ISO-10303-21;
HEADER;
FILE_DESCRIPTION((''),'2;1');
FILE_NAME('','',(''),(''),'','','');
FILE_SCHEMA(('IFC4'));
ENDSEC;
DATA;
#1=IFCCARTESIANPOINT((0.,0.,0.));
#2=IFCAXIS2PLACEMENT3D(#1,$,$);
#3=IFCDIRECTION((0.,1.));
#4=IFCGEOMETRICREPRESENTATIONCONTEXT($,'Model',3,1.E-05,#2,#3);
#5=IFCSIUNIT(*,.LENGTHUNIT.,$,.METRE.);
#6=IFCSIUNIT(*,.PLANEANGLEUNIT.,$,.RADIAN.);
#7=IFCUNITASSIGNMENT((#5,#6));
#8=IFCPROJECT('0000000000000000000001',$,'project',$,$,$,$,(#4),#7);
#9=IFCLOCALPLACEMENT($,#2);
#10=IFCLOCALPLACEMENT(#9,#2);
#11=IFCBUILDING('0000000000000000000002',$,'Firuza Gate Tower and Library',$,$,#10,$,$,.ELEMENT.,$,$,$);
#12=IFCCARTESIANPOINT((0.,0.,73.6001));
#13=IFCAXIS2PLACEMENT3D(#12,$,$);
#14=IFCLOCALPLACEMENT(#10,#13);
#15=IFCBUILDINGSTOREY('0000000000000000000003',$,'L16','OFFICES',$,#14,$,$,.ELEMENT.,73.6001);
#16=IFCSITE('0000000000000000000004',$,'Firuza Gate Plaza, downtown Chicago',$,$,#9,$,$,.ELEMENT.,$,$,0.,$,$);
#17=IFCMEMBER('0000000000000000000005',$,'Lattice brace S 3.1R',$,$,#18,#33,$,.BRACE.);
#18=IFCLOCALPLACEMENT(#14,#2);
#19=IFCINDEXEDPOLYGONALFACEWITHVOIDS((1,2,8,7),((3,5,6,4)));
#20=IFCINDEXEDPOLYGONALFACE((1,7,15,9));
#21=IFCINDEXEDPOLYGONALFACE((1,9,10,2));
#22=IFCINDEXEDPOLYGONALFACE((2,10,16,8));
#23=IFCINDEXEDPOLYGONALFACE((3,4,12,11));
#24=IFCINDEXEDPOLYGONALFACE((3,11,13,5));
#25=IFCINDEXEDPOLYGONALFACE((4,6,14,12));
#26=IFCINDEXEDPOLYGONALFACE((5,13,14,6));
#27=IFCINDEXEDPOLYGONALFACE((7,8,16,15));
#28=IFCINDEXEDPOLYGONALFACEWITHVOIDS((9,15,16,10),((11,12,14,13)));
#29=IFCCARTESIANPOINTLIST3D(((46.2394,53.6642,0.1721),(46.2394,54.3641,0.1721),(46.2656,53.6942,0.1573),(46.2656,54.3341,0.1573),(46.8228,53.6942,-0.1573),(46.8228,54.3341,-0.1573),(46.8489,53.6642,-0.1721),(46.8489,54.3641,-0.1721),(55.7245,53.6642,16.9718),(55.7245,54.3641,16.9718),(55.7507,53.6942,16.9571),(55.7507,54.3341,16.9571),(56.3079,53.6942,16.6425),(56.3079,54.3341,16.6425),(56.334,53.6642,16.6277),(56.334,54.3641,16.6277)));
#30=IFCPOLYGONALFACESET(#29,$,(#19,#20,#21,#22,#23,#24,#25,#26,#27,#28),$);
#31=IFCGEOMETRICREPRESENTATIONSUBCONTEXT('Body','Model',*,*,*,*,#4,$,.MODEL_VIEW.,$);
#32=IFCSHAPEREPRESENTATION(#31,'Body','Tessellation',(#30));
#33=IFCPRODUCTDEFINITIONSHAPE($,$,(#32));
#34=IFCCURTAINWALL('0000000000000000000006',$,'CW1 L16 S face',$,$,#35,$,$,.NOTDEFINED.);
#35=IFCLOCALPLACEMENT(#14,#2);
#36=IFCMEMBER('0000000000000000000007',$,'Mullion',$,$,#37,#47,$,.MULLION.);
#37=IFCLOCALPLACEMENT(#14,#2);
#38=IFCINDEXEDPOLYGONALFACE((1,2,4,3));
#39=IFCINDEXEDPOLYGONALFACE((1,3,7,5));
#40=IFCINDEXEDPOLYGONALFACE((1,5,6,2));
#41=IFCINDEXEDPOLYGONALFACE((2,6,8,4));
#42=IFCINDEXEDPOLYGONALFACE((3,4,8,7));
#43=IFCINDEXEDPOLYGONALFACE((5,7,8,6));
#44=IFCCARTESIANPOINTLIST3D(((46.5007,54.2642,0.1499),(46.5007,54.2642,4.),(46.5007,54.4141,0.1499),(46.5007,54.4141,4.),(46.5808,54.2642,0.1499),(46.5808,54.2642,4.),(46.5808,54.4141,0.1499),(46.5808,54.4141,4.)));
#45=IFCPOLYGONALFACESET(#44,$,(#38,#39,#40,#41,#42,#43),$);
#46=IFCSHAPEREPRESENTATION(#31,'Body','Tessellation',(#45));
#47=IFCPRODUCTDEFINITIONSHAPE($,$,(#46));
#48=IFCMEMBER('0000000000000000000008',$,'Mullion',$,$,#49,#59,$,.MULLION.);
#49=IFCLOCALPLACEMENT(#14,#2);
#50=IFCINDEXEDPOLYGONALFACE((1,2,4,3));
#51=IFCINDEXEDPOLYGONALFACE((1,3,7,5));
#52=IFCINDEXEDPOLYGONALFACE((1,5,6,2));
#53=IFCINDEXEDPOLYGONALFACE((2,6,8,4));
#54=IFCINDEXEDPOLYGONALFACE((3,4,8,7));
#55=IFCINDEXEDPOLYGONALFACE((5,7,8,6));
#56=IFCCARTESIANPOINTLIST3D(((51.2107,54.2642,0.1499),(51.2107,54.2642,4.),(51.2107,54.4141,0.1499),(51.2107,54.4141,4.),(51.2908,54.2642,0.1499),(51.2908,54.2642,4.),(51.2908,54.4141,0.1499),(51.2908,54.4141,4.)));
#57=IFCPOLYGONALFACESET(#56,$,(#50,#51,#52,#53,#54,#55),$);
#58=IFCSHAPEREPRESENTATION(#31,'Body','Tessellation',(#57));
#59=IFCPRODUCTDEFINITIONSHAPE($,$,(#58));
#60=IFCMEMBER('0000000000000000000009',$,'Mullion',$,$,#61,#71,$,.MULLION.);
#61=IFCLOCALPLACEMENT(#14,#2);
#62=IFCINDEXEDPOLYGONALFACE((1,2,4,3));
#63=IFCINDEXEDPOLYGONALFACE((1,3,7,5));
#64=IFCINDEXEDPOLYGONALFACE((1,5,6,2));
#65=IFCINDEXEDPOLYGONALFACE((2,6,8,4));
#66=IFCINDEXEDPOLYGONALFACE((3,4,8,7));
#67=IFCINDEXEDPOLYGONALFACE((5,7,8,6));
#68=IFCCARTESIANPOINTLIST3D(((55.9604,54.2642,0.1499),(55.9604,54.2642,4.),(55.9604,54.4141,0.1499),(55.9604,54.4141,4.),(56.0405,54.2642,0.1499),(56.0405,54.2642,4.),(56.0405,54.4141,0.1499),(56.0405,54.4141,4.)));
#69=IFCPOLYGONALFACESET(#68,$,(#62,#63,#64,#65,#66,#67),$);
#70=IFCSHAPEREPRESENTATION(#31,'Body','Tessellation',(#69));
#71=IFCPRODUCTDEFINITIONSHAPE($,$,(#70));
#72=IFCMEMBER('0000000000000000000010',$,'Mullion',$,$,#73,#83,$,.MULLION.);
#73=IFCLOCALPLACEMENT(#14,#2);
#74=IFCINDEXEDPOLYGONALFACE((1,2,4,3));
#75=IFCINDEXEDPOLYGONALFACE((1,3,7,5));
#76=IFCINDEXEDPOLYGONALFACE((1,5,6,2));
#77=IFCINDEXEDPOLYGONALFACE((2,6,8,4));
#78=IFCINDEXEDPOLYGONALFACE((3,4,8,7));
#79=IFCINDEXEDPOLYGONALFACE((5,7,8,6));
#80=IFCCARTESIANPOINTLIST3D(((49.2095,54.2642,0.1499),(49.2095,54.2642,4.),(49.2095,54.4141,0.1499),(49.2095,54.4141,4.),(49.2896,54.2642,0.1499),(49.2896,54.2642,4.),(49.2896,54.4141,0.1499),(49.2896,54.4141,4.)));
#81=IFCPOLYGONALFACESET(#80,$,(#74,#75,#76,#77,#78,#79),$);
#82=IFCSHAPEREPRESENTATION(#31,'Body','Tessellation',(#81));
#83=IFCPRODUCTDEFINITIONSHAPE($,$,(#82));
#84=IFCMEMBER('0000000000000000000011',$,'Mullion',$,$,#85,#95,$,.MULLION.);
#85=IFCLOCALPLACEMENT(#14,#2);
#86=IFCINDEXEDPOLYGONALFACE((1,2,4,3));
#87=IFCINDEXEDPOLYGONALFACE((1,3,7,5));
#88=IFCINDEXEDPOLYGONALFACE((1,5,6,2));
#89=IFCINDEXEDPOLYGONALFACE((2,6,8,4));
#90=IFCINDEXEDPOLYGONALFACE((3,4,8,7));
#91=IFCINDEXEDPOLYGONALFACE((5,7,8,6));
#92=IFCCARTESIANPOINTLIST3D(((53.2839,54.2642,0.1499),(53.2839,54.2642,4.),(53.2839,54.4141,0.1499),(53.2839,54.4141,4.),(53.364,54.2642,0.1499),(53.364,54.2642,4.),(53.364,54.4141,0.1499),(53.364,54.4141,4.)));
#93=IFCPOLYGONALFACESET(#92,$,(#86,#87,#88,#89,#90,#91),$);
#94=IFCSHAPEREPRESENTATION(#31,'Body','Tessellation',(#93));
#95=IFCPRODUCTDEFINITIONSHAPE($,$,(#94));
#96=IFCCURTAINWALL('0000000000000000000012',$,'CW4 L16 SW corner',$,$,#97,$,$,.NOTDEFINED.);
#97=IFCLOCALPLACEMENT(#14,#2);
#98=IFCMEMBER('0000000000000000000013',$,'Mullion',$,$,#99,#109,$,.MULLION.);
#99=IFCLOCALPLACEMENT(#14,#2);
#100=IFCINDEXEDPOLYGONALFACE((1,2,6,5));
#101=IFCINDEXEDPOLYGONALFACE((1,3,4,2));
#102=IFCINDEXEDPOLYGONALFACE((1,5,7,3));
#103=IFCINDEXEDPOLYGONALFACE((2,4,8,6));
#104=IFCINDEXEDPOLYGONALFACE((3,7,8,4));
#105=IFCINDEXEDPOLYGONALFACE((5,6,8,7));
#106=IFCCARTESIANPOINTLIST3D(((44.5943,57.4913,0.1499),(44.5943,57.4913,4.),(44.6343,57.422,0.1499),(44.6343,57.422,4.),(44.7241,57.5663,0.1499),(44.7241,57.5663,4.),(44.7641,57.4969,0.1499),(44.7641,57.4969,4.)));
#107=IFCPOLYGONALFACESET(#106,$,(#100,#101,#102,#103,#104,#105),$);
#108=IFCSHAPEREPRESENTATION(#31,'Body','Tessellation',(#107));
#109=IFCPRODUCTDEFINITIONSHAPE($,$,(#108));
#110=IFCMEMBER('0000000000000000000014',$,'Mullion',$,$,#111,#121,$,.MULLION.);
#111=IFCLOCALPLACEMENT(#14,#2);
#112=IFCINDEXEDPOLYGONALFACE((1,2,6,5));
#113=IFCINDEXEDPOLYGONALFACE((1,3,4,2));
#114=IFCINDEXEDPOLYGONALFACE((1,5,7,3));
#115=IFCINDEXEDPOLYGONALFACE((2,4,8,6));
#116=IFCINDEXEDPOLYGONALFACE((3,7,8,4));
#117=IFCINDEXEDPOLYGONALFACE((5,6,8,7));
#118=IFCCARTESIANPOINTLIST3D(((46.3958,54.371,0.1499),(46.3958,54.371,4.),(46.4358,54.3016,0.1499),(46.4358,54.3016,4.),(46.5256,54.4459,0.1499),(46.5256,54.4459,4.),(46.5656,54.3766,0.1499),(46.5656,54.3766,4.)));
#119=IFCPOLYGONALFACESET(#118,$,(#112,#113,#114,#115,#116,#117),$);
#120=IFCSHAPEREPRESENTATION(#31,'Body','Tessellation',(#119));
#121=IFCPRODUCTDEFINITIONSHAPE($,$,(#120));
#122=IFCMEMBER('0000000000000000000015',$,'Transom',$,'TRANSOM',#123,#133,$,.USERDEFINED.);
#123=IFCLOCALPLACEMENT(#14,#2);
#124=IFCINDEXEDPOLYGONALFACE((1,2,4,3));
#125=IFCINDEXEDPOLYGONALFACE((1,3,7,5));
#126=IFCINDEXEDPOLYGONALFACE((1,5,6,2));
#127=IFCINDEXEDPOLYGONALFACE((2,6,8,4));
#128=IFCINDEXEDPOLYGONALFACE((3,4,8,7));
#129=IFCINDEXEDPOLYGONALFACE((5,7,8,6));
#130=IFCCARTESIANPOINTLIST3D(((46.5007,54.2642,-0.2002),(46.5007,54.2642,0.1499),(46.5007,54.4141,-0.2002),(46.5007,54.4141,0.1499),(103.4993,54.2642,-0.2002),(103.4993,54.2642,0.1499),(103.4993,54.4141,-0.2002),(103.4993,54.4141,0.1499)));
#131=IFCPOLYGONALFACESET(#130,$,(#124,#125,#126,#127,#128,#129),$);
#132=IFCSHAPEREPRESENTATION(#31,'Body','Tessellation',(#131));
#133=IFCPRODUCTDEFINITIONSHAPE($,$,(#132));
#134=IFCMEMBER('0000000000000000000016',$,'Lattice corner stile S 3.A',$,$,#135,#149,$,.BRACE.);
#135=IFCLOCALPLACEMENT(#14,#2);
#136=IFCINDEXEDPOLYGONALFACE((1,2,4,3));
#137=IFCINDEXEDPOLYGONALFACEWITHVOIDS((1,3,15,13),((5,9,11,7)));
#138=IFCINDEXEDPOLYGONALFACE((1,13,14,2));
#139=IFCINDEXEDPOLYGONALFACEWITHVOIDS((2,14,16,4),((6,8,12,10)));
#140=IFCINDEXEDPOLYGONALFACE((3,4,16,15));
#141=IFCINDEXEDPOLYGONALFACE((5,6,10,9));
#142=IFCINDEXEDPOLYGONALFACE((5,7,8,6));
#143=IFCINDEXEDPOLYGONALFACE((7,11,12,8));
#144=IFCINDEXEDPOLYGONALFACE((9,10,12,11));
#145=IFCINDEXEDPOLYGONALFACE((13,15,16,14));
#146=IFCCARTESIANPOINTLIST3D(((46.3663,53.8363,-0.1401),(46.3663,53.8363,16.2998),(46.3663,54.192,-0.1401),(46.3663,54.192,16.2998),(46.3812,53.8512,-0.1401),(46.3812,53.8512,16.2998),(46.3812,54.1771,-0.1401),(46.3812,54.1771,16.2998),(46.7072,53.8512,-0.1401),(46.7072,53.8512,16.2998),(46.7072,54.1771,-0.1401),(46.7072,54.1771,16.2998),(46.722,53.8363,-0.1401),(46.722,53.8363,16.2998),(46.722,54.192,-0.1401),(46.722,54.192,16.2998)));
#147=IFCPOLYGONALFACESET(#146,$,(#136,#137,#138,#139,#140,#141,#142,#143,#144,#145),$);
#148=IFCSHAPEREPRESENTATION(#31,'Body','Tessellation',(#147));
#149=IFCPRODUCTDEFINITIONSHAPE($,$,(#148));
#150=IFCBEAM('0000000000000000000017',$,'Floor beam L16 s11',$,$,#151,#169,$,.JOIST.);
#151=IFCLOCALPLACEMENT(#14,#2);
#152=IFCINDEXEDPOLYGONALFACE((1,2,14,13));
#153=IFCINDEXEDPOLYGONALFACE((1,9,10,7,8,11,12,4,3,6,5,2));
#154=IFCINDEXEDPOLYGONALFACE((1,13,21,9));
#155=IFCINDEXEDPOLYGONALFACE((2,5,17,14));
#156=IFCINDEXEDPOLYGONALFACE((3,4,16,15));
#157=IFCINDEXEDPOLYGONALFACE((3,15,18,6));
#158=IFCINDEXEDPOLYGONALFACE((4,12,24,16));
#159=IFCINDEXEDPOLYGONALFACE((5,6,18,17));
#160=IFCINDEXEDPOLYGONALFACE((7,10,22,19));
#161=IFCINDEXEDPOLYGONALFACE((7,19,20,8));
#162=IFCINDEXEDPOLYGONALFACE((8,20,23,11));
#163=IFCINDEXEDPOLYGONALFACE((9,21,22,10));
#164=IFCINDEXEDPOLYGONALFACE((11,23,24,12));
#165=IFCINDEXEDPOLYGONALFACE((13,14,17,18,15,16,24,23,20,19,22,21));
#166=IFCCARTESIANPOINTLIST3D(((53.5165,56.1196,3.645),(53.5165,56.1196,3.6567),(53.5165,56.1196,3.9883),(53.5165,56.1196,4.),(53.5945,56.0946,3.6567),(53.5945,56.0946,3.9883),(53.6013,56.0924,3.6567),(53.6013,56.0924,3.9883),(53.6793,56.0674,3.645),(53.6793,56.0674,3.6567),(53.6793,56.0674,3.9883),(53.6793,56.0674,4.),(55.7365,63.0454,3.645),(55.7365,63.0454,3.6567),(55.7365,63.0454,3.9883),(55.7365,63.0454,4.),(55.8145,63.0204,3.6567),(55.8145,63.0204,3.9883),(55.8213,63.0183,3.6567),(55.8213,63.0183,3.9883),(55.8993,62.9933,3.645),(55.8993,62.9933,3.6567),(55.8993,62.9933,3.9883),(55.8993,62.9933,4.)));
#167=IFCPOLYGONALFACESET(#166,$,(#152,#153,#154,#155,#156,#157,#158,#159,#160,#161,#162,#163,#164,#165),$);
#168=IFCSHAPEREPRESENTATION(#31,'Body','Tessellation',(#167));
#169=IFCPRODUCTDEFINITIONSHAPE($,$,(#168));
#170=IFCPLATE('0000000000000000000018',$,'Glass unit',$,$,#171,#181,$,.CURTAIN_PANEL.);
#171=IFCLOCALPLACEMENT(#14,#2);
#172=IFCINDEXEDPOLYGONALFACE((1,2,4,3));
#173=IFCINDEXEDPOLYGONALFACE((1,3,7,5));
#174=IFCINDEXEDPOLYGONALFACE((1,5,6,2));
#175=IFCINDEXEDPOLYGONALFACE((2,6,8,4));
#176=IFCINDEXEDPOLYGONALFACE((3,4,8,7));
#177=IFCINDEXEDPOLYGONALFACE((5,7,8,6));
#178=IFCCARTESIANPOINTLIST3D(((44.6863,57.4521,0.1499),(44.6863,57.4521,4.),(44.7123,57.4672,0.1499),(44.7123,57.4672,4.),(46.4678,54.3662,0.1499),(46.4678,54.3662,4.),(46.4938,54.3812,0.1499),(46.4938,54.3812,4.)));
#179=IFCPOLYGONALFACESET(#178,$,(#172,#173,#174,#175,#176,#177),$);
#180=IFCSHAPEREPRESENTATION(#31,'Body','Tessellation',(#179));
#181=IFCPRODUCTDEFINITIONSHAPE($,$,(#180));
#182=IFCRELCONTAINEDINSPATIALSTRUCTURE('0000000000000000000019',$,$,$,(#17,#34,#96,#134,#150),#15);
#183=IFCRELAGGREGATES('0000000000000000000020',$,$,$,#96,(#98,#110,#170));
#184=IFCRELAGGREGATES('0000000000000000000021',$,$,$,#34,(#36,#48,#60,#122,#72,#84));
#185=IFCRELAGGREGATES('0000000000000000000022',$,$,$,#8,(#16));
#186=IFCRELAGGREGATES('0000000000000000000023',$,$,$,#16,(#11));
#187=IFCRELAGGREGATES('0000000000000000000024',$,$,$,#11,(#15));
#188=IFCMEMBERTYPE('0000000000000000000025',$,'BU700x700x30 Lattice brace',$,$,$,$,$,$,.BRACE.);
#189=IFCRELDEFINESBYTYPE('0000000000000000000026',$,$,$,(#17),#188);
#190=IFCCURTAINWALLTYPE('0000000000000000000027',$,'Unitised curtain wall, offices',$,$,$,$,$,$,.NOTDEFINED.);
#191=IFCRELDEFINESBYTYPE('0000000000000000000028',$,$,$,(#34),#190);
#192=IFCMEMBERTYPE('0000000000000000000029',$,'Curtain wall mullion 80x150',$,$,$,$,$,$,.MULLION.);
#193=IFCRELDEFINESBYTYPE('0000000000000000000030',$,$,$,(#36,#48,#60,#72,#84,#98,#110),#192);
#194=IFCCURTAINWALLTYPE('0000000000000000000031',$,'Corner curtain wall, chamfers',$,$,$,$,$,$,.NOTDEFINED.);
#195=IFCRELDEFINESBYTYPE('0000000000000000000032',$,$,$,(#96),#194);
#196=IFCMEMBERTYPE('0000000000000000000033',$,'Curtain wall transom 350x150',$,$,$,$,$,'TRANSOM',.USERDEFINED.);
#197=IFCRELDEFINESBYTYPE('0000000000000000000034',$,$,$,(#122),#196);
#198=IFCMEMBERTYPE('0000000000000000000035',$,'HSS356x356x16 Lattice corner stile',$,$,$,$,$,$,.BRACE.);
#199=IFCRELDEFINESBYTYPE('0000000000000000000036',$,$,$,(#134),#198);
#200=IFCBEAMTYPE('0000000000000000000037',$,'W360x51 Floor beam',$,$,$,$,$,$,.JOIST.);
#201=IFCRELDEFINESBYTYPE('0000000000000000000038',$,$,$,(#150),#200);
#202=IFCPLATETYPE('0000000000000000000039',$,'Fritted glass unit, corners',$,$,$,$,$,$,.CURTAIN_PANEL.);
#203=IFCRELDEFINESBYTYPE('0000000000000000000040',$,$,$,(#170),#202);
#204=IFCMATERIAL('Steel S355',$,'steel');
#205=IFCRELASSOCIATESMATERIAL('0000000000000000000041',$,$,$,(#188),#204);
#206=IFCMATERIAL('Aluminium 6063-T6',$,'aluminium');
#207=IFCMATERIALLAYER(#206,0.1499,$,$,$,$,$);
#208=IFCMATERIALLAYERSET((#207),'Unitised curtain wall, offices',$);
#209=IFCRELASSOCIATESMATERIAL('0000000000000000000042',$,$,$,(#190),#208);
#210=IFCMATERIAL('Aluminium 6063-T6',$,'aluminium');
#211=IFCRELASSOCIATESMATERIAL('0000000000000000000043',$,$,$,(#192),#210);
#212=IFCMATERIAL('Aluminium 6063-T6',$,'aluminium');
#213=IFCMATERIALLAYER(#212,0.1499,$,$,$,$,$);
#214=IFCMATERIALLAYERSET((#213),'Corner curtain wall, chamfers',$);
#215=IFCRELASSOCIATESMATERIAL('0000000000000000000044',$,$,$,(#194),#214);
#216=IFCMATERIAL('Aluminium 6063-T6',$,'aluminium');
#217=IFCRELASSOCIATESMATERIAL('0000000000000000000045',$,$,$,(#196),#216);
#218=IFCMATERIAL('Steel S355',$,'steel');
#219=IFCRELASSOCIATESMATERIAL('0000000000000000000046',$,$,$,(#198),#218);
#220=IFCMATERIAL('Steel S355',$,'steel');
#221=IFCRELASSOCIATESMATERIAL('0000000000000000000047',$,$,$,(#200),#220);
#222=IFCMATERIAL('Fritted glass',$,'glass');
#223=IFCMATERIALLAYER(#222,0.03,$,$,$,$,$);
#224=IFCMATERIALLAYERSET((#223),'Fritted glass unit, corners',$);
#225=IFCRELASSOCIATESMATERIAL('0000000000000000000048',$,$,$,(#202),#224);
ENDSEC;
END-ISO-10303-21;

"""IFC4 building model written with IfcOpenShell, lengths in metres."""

from ifc_helpers import new_model, si_unit, direction, frame, origin, origin_2d, place, context, subcontext, project, spatial, polyline, rectangle, hollow_rectangle, i_section, outline, extrude, material, layer, layer_set, material_profile, profile_set, type_object, element, aggregate, save


model = new_model("IFC4")

# Units and contexts
model_context = context("Model", 3, precision=1e-05, world=origin(), true_north=direction((0.0, 1.0)))
body_context = subcontext(model_context, "Body", "Model", "MODEL_VIEW")
ifc_project = project(units=[si_unit("LENGTHUNIT", "METRE"), si_unit("PLANEANGLEUNIT", "RADIAN")], contexts=[model_context])

# Site, building, storey
site_placement = place(None, origin())
site = spatial("IfcSite", under=ifc_project, at=site_placement, Name="Firuza Gate Plaza, downtown Chicago", CompositionType="ELEMENT", RefElevation=0.0)
building_placement = place(site_placement, origin())
building = spatial("IfcBuilding", under=site, at=building_placement, Name="Firuza Gate Tower and Library", CompositionType="ELEMENT")
storey_placement = place(building_placement, frame((0.0, 0.0, 73.6001)))
storey = spatial("IfcBuildingStorey", under=building, at=storey_placement, Name="L16", Description="OFFICES", CompositionType="ELEMENT", Elevation=73.6001)

# Member
ifc_material_1 = material(Name="Steel S355", Category="steel")
ifc_material_profile_1 = material_profile(ifc_material_1, hollow_rectangle(XDim=0.7, YDim=0.7, WallThickness=0.03, at=origin_2d()))
ifc_profile_set_1 = profile_set([ifc_material_profile_1], Name="Steel S355")
member_type_1 = type_object("IfcMemberType", Name="BU700x700x30 Lattice brace", PredefinedType="BRACE", material=ifc_profile_set_1)
member_1_placement = place(storey_placement, frame((46.5442, 54.0142, 0.0), z_axis=(0.491647, 0.0, 0.870794), x_axis=(0.0, 1.0, 0.0)))
element("IfcMember", 1, at=member_1_placement, inside=storey, type_object=member_type_1, Name="Lattice brace S 3.1R", PredefinedType="BRACE", context=body_context, shape_type="SweptSolid", body=[
    extrude(hollow_rectangle(XDim=0.7, YDim=0.7, WallThickness=0.03, at=origin_2d()), origin(), (0.0, 0.0, 1.0), 19.2925),
])

# Curtain walls, members
ifc_material_2 = material(Name="Aluminium 6063-T6", Category="aluminium")
ifc_layer_1 = layer(ifc_material_2, 0.1499)
ifc_layer_set_1 = layer_set([ifc_layer_1], Name="Unitised curtain wall, offices")
curtain_wall_type_1 = type_object("IfcCurtainWallType", Name="Unitised curtain wall, offices", PredefinedType="NOTDEFINED", material=ifc_layer_set_1)
placement_1 = place(storey_placement, origin())
curtain_wall_1 = element("IfcCurtainWall", 2, at=placement_1, inside=storey, type_object=curtain_wall_type_1, Name="CW1 L16 S face", PredefinedType="NOTDEFINED")
ifc_material_3 = material(Name="Aluminium 6063-T6", Category="aluminium")
ifc_material_profile_2 = material_profile(ifc_material_3, rectangle(XDim=0.1499, YDim=0.0801, at=origin_2d()))
ifc_profile_set_2 = profile_set([ifc_material_profile_2], Name="Aluminium 6063-T6")
member_type_2 = type_object("IfcMemberType", Name="Curtain wall mullion 80x150", PredefinedType="MULLION", material=ifc_profile_set_2)
member_2_placement = place(storey_placement, frame((46.5408, 54.3391, 0.1499), z_axis=(0.0, 0.0, 1.0), x_axis=(0.0, 1.0, 0.0)))
member_2 = element("IfcMember", 3, at=member_2_placement, type_object=member_type_2, Name="Mullion", PredefinedType="MULLION", context=body_context, shape_type="SweptSolid", body=[
    extrude(rectangle(XDim=0.1499, YDim=0.0801, at=origin_2d()), origin(), (0.0, 0.0, 1.0), 3.8501),
])
member_3_placement = place(storey_placement, frame((51.2507, 54.3391, 0.1499), z_axis=(0.0, 0.0, 1.0), x_axis=(0.0, 1.0, 0.0)))
member_3 = element("IfcMember", 4, at=member_3_placement, type_object=member_type_2, Name="Mullion", PredefinedType="MULLION", context=body_context, shape_type="SweptSolid", body=[
    extrude(rectangle(XDim=0.1499, YDim=0.0801, at=origin_2d()), origin(), (0.0, 0.0, 1.0), 3.8501),
])
member_4_placement = place(storey_placement, frame((56.0005, 54.3391, 0.1499), z_axis=(0.0, 0.0, 1.0), x_axis=(0.0, 1.0, 0.0)))
member_4 = element("IfcMember", 5, at=member_4_placement, type_object=member_type_2, Name="Mullion", PredefinedType="MULLION", context=body_context, shape_type="SweptSolid", body=[
    extrude(rectangle(XDim=0.1499, YDim=0.0801, at=origin_2d()), origin(), (0.0, 0.0, 1.0), 3.8501),
])
member_5_placement = place(storey_placement, frame((49.2495, 54.3391, 0.1499), z_axis=(0.0, 0.0, 1.0), x_axis=(0.0, 1.0, 0.0)))
member_5 = element("IfcMember", 6, at=member_5_placement, type_object=member_type_2, Name="Mullion", PredefinedType="MULLION", context=body_context, shape_type="SweptSolid", body=[
    extrude(rectangle(XDim=0.1499, YDim=0.0801, at=origin_2d()), origin(), (0.0, 0.0, 1.0), 3.8501),
])
member_6_placement = place(storey_placement, frame((53.324, 54.3391, 0.1499), z_axis=(0.0, 0.0, 1.0), x_axis=(0.0, 1.0, 0.0)))
member_6 = element("IfcMember", 7, at=member_6_placement, type_object=member_type_2, Name="Mullion", PredefinedType="MULLION", context=body_context, shape_type="SweptSolid", body=[
    extrude(rectangle(XDim=0.1499, YDim=0.0801, at=origin_2d()), origin(), (0.0, 0.0, 1.0), 3.8501),
])
ifc_material_4 = material(Name="Aluminium 6063-T6", Category="aluminium")
ifc_layer_2 = layer(ifc_material_4, 0.1499)
ifc_layer_set_2 = layer_set([ifc_layer_2], Name="Corner curtain wall, chamfers")
curtain_wall_type_2 = type_object("IfcCurtainWallType", Name="Corner curtain wall, chamfers", PredefinedType="NOTDEFINED", material=ifc_layer_set_2)
curtain_wall_2 = element("IfcCurtainWall", 8, at=placement_1, inside=storey, type_object=curtain_wall_type_2, Name="CW4 L16 SW corner", PredefinedType="NOTDEFINED")
member_7_placement = place(storey_placement, frame((44.6792, 57.4941, 0.1499), z_axis=(0.0, 0.0, 1.0), x_axis=(0.866025, 0.5, 0.0)))
member_7 = element("IfcMember", 9, at=member_7_placement, type_object=member_type_2, Name="Mullion", PredefinedType="MULLION", context=body_context, shape_type="SweptSolid", body=[
    extrude(rectangle(XDim=0.1499, YDim=0.0801, at=origin_2d()), origin(), (0.0, 0.0, 1.0), 3.8501),
])
member_8_placement = place(storey_placement, frame((46.4807, 54.3738, 0.1499), z_axis=(0.0, 0.0, 1.0), x_axis=(0.866025, 0.5, 0.0)))
member_8 = element("IfcMember", 10, at=member_8_placement, type_object=member_type_2, Name="Mullion", PredefinedType="MULLION", context=body_context, shape_type="SweptSolid", body=[
    extrude(rectangle(XDim=0.1499, YDim=0.0801, at=origin_2d()), origin(), (0.0, 0.0, 1.0), 3.8501),
])

# Members
ifc_material_5 = material(Name="Aluminium 6063-T6", Category="aluminium")
ifc_material_profile_3 = material_profile(ifc_material_5, rectangle(XDim=0.1499, YDim=0.3501, at=origin_2d()))
ifc_profile_set_3 = profile_set([ifc_material_profile_3], Name="Aluminium 6063-T6")
member_type_3 = type_object("IfcMemberType", Name="Curtain wall transom 350x150", ElementType="TRANSOM", PredefinedType="USERDEFINED", material=ifc_profile_set_3)
member_9_placement = place(storey_placement, frame((46.5007, 54.3391, -0.0251), z_axis=(1.0, 0.0, 0.0), x_axis=(0.0, 1.0, 0.0)))
member_9 = element("IfcMember", 11, at=member_9_placement, type_object=member_type_3, Name="Transom", ObjectType="TRANSOM", PredefinedType="USERDEFINED", context=body_context, shape_type="SweptSolid", body=[
    extrude(rectangle(XDim=0.1499, YDim=0.3501, at=origin_2d()), origin(), (0.0, 0.0, 1.0), 56.9985),
])
ifc_material_6 = material(Name="Steel S355", Category="steel")
ifc_material_profile_4 = material_profile(ifc_material_6, hollow_rectangle(XDim=0.3557, YDim=0.3557, WallThickness=0.0149, at=origin_2d()))
ifc_profile_set_4 = profile_set([ifc_material_profile_4], Name="Steel S355")
member_type_4 = type_object("IfcMemberType", Name="HSS356x356x16 Lattice corner stile", PredefinedType="BRACE", material=ifc_profile_set_4)
member_10_placement = place(storey_placement, frame((46.5442, 54.0142, -0.1401), z_axis=(0.0, 0.0, 1.0), x_axis=(1.0, 0.0, 0.0)))
element("IfcMember", 12, at=member_10_placement, inside=storey, type_object=member_type_4, Name="Lattice corner stile S 3.A", PredefinedType="BRACE", context=body_context, shape_type="SweptSolid", body=[
    extrude(hollow_rectangle(XDim=0.3557, YDim=0.3557, WallThickness=0.0149, at=origin_2d()), origin(), (0.0, 0.0, 1.0), 16.4399),
])

# Beam
ifc_material_7 = material(Name="Steel S355", Category="steel")
ifc_material_profile_5 = material_profile(ifc_material_7, i_section(OverallWidth=0.1709, OverallDepth=0.355, WebThickness=0.0071, FlangeThickness=0.0117, at=origin_2d()))
ifc_profile_set_5 = profile_set([ifc_material_profile_5], Name="Steel S355")
beam_type = type_object("IfcBeamType", Name="W360x51 Floor beam", PredefinedType="JOIST", material=ifc_profile_set_5)
beam_placement = place(storey_placement, frame((53.5979, 56.0935, 3.8225), z_axis=(0.30524, 0.952276, 0.0), x_axis=(-0.952276, 0.30524, 0.0)))
element("IfcBeam", 13, at=beam_placement, inside=storey, type_object=beam_type, Name="Floor beam L16 s11", PredefinedType="JOIST", context=body_context, shape_type="SweptSolid", body=[
    extrude(i_section(OverallWidth=0.1709, OverallDepth=0.355, WebThickness=0.0071, FlangeThickness=0.0117, at=origin_2d()), origin(), (0.0, 0.0, 1.0), 7.2729),
])

# Plate
ifc_material_8 = material(Name="Fritted glass", Category="glass")
ifc_layer_3 = layer(ifc_material_8, 0.03)
ifc_layer_set_3 = layer_set([ifc_layer_3], Name="Fritted glass unit, corners")
plate_type_1 = type_object("IfcPlateType", Name="Fritted glass unit, corners", PredefinedType="CURTAIN_PANEL", material=ifc_layer_set_3)
plate_1_placement = place(storey_placement, frame((44.6863, 57.4521, 0.1499), z_axis=(-0.866046, -0.499964, 0.0), x_axis=(0.499964, -0.866046, 0.0)))
plate_1 = element("IfcPlate", 14, at=plate_1_placement, type_object=plate_type_1, Name="Glass unit", PredefinedType="CURTAIN_PANEL", context=body_context, shape_type="SweptSolid", body=[
    extrude(outline(polyline([(0.0, 0.0), (3.5632, 0.0), (3.5632, 3.8501), (0.0, 3.8501), (0.0, 0.0)])), origin(), (0.0, 0.0, -1.0), 0.03),
])
aggregate(curtain_wall_2, [member_7, member_8, plate_1])
aggregate(curtain_wall_1, [member_2, member_3, member_4, member_9, member_5, member_6])

save(model, "model.ifc")
